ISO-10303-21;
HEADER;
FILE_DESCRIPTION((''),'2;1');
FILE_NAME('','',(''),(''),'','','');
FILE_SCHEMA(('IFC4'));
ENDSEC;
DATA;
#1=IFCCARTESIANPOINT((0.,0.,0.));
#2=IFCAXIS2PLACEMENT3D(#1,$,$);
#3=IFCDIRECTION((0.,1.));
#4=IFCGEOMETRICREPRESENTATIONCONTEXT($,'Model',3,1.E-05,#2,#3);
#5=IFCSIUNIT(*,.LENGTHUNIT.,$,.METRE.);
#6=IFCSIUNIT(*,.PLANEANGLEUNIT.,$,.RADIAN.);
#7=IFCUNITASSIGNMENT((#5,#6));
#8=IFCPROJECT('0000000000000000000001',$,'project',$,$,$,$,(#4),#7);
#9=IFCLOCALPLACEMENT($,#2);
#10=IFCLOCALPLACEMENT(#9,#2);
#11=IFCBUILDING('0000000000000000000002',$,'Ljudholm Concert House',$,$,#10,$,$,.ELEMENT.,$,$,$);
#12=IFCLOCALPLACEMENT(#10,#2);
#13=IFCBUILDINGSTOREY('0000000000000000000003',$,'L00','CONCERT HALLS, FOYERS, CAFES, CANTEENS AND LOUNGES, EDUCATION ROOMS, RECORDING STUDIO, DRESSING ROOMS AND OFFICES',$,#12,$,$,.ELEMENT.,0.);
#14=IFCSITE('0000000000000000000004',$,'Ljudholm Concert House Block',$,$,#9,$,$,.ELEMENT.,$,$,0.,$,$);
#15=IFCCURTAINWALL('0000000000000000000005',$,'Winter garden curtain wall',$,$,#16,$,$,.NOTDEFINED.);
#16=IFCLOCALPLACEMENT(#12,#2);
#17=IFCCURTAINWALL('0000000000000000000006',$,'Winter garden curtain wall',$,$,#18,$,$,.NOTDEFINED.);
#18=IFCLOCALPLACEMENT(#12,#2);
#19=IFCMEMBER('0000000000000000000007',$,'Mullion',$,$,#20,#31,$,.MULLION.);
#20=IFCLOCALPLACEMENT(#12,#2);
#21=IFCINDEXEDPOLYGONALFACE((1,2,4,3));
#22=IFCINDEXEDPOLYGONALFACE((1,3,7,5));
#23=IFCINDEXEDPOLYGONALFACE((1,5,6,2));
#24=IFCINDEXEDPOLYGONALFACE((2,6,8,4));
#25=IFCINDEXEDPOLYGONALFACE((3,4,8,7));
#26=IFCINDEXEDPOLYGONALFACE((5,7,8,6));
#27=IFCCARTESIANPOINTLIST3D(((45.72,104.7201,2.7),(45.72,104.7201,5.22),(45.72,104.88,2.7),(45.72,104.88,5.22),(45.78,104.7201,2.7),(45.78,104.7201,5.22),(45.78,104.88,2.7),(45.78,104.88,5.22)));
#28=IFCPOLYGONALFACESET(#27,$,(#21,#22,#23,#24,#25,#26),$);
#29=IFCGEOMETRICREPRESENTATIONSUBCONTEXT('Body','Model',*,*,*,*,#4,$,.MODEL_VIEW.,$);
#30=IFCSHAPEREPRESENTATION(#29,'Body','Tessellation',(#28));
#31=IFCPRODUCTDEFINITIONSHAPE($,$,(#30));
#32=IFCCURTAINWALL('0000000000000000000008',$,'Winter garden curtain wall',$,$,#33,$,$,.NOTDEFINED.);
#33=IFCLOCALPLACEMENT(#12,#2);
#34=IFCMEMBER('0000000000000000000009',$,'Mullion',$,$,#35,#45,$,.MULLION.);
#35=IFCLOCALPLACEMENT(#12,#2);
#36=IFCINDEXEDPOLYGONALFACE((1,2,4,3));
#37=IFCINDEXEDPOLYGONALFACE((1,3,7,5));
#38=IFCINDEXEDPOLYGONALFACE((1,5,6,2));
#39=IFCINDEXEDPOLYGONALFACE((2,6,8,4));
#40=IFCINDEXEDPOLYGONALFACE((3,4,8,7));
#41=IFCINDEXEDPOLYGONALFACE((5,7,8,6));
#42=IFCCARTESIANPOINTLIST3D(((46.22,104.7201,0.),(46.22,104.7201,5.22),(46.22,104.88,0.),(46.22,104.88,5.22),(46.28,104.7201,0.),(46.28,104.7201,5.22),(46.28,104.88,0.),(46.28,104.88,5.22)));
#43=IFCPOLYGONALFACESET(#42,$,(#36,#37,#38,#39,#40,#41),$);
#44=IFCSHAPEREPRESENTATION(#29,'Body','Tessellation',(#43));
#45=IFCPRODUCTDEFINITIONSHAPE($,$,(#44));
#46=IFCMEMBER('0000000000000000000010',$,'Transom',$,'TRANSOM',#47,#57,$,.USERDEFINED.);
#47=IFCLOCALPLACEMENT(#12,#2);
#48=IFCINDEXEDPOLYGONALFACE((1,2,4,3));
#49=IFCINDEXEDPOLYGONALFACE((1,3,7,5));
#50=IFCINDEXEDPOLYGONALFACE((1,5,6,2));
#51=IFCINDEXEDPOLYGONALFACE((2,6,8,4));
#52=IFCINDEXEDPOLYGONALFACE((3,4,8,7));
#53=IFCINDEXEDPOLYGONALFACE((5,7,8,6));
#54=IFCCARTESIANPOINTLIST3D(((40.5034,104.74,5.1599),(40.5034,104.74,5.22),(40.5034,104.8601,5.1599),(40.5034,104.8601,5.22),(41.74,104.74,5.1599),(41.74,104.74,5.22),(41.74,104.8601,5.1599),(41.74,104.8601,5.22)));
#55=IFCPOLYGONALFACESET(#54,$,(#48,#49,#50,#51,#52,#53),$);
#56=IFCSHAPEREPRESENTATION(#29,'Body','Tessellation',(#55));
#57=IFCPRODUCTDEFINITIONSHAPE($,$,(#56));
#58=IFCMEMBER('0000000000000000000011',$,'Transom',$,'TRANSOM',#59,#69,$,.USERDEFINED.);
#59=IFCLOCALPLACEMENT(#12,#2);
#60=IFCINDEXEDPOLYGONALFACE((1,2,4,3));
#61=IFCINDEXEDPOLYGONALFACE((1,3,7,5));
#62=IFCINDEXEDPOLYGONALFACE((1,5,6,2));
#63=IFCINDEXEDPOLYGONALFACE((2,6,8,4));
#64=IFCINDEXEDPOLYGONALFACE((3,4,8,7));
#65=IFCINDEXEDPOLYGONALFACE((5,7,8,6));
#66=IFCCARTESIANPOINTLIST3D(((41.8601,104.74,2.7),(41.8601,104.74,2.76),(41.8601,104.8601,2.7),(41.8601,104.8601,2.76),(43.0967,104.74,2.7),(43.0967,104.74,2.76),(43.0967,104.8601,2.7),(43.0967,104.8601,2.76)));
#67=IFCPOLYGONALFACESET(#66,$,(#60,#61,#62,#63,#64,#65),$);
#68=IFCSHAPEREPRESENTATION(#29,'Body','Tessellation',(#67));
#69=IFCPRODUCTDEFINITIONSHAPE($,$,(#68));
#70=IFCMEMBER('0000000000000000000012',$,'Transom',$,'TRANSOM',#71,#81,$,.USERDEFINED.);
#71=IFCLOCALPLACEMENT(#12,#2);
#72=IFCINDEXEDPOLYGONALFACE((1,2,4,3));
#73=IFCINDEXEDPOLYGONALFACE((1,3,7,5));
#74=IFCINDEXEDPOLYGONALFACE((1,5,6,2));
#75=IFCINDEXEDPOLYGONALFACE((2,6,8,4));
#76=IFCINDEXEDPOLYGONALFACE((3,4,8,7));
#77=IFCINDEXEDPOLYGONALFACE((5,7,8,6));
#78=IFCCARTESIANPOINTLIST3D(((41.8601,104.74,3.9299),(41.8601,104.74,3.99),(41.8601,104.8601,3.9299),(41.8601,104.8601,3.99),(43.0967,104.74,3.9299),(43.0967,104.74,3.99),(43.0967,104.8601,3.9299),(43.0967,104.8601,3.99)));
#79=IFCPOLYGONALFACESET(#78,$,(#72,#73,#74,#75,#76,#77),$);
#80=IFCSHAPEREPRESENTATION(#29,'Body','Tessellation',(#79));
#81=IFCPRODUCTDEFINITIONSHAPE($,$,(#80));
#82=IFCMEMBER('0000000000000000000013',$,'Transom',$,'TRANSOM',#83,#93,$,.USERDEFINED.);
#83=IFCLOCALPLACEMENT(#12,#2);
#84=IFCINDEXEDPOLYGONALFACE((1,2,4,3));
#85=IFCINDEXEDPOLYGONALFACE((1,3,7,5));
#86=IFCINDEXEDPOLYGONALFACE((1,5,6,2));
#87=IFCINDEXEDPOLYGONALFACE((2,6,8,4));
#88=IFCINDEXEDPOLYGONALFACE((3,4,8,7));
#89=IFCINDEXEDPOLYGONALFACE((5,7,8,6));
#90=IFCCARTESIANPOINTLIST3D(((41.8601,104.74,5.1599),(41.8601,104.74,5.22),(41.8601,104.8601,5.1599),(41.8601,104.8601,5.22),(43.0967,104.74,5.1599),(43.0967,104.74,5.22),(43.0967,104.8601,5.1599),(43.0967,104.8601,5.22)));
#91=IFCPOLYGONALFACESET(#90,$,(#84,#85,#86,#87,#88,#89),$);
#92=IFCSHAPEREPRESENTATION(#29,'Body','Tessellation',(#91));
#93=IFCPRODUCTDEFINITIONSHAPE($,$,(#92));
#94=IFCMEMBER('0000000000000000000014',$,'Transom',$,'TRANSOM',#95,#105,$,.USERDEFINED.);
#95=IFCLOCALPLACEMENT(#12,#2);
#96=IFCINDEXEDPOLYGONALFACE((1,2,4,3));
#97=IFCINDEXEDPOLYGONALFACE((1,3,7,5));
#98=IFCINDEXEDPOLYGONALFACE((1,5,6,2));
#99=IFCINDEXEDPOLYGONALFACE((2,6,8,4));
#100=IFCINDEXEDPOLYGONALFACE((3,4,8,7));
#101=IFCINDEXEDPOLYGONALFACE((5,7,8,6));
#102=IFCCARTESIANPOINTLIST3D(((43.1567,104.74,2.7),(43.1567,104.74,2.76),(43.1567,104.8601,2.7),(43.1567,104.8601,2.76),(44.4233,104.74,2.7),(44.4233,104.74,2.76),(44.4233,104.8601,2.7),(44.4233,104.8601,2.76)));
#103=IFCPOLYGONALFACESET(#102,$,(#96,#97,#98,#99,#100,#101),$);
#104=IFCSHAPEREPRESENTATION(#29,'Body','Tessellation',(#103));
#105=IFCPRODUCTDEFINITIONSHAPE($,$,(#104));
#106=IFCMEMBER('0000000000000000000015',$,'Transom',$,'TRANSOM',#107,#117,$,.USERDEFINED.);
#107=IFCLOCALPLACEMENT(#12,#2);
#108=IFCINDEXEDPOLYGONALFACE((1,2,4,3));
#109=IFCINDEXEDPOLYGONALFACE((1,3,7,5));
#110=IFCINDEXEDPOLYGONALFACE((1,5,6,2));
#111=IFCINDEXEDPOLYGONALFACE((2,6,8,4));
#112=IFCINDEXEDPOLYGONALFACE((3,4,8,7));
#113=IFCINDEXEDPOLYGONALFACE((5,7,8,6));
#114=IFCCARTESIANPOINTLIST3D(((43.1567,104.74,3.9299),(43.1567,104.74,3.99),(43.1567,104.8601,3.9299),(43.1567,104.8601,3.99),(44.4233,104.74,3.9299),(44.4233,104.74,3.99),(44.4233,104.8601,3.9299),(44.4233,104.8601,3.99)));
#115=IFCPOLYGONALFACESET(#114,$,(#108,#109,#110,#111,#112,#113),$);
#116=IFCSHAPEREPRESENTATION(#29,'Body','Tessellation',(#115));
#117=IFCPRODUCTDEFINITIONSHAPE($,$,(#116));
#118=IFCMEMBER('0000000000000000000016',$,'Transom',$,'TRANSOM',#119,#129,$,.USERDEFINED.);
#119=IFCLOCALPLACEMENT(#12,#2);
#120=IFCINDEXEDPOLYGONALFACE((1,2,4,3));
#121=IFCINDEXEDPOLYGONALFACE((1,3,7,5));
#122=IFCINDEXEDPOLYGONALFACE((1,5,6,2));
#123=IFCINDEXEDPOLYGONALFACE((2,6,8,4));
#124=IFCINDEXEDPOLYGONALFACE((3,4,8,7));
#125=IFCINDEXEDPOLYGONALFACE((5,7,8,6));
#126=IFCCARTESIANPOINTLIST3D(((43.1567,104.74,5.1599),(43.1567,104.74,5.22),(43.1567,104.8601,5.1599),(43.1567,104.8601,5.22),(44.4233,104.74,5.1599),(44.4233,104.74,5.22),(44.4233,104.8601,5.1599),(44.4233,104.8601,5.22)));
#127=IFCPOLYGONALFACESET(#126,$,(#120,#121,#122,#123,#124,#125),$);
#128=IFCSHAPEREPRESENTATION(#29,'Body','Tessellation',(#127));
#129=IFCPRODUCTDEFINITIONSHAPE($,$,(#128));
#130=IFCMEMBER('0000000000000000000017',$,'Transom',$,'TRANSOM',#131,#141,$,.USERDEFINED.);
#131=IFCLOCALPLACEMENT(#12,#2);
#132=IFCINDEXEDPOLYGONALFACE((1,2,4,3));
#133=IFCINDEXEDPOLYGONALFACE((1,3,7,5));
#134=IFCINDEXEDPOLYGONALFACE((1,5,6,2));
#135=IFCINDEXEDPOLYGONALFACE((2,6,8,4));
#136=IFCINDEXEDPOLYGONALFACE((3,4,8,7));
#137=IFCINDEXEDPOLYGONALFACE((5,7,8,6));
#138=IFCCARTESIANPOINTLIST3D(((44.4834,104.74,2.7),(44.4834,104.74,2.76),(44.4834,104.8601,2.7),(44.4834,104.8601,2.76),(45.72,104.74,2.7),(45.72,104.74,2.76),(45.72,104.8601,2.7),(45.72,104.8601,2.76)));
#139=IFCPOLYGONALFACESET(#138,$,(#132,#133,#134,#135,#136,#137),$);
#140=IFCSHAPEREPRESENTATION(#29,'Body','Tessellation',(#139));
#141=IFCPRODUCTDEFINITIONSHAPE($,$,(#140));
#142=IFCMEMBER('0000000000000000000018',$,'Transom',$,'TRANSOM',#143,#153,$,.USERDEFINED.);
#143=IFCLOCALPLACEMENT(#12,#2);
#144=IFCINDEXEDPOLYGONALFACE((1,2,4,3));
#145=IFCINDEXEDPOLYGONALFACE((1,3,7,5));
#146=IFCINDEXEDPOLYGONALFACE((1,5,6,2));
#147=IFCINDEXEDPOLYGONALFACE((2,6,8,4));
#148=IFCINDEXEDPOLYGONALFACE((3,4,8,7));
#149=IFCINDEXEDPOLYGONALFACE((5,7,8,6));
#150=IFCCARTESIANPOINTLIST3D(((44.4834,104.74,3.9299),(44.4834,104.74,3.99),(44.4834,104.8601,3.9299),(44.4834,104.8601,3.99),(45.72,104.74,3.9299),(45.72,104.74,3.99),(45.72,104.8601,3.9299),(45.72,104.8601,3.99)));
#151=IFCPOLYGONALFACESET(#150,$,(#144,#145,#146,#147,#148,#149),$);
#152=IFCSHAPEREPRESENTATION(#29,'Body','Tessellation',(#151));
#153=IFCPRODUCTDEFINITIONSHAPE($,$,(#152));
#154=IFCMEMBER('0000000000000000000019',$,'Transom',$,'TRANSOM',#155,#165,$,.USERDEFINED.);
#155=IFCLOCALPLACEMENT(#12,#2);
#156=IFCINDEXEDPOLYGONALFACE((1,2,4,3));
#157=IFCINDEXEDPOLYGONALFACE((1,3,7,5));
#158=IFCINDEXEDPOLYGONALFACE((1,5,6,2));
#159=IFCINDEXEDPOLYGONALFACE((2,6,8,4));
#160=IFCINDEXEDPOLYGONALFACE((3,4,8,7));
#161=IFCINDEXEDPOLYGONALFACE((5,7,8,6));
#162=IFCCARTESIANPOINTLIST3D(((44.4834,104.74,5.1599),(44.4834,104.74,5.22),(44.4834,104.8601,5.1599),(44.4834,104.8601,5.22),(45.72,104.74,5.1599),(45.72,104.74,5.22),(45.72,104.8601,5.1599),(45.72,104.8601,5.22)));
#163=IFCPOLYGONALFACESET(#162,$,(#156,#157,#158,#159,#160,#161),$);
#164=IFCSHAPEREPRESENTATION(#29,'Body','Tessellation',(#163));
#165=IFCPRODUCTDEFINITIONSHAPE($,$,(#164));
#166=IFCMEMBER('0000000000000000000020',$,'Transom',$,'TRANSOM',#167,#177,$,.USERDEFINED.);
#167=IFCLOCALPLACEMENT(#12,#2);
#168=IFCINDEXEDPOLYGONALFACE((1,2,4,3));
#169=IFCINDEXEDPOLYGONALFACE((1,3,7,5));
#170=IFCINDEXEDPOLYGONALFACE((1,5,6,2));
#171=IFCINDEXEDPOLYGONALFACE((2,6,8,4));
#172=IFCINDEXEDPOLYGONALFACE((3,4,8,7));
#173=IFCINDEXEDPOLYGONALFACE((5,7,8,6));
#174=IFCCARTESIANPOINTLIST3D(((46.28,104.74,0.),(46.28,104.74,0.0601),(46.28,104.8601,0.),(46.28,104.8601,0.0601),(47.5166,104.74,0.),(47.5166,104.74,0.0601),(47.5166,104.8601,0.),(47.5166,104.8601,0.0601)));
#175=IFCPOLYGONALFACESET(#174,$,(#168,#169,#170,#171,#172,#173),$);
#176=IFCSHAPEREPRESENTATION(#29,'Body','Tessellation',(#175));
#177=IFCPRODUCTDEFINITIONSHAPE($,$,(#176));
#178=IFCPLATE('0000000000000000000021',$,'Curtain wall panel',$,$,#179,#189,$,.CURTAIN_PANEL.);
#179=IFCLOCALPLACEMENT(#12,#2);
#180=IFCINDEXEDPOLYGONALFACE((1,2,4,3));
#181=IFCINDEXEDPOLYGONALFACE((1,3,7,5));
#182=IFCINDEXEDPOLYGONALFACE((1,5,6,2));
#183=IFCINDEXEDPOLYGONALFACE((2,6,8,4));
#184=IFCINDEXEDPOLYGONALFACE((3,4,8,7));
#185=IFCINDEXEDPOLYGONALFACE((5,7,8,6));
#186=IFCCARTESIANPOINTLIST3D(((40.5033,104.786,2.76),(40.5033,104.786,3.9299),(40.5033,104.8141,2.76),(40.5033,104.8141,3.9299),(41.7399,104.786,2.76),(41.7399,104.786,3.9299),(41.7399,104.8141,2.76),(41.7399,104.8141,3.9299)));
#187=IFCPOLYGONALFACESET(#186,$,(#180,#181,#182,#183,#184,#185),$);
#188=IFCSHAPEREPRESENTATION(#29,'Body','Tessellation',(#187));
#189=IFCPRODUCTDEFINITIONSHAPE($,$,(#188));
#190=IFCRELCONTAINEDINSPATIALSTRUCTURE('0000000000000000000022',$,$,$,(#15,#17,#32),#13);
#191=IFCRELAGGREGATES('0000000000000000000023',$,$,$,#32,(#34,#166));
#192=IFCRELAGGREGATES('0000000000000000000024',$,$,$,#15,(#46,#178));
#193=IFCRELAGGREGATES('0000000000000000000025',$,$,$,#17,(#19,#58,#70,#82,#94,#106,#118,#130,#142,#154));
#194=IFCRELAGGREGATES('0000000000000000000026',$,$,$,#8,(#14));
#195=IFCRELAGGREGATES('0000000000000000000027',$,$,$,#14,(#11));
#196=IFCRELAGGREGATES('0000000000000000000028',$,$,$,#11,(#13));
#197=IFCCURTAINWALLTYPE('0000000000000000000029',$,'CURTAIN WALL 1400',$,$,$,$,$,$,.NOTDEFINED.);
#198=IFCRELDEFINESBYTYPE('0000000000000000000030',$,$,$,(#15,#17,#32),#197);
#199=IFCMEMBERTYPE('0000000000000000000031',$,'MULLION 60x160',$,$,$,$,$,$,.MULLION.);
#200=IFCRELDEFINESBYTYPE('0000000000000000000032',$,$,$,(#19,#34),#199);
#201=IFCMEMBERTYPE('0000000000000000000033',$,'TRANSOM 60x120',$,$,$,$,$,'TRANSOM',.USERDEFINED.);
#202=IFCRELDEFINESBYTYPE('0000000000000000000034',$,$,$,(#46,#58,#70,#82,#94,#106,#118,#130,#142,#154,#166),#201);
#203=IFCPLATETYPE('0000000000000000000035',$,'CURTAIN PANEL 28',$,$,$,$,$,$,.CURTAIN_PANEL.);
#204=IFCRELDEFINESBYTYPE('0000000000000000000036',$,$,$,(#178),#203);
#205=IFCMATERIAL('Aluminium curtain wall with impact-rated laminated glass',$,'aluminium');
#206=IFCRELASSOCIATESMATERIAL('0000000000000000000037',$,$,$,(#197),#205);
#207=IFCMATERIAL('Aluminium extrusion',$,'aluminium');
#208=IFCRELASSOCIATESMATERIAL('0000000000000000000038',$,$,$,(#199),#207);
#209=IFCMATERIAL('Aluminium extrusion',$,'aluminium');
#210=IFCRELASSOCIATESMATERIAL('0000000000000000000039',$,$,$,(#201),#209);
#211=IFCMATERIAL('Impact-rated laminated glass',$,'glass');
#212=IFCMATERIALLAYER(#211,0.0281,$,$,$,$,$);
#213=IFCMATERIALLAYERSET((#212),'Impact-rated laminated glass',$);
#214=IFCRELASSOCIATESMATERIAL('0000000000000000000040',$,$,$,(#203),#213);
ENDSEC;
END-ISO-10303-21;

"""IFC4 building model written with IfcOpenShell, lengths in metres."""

from ifc_helpers import new_model, si_unit, direction, frame, origin, origin_2d, place, context, subcontext, project, spatial, rectangle, extrude, material, layer, layer_set, material_profile, profile_set, type_object, element, aggregate, save


model = new_model("IFC4")

# Units and contexts
model_context = context("Model", 3, precision=1e-05, world=origin(), true_north=direction((0.0, 1.0)))
body_context = subcontext(model_context, "Body", "Model", "MODEL_VIEW")
ifc_project = project(units=[si_unit("LENGTHUNIT", "METRE"), si_unit("PLANEANGLEUNIT", "RADIAN")], contexts=[model_context])

# Site, building, storey
site_placement = place(None, origin())
site = spatial("IfcSite", under=ifc_project, at=site_placement, Name="Ljudholm Concert House Block", CompositionType="ELEMENT", RefElevation=0.0)
building_placement = place(site_placement, origin())
building = spatial("IfcBuilding", under=site, at=building_placement, Name="Ljudholm Concert House", CompositionType="ELEMENT")
storey_placement = place(building_placement, origin())
storey = spatial("IfcBuildingStorey", under=building, at=storey_placement, Name="L00", Description="CONCERT HALLS, FOYERS, CAFES, CANTEENS AND LOUNGES, EDUCATION ROOMS, RECORDING STUDIO, DRESSING ROOMS AND OFFICES", CompositionType="ELEMENT", Elevation=0.0)

# Curtain wall
ifc_material_1 = material(Name="Aluminium curtain wall with impact-rated laminated glass", Category="aluminium")
curtain_wall_type = type_object("IfcCurtainWallType", Name="CURTAIN WALL 1400", PredefinedType="NOTDEFINED", material=ifc_material_1)
curtain_wall_1_placement = place(storey_placement, origin())
curtain_wall_1 = element("IfcCurtainWall", 1, at=curtain_wall_1_placement, inside=storey, type_object=curtain_wall_type, Name="Winter garden curtain wall", PredefinedType="NOTDEFINED")
ifc_material_2 = material(Name="Aluminium extrusion", Category="aluminium")
ifc_material_profile_1 = material_profile(ifc_material_2, rectangle(XDim=0.1599, YDim=0.0601, at=origin_2d()), Name="MULLION 60x160")
ifc_profile_set_1 = profile_set([ifc_material_profile_1], Name="Aluminium extrusion")
member_type_1 = type_object("IfcMemberType", Name="MULLION 60x160", PredefinedType="MULLION", material=ifc_profile_set_1)

# Curtain wall, member
curtain_wall_2_placement = place(storey_placement, origin())
curtain_wall_2 = element("IfcCurtainWall", 2, at=curtain_wall_2_placement, inside=storey, type_object=curtain_wall_type, Name="Winter garden curtain wall", PredefinedType="NOTDEFINED")
member_1_placement = place(storey_placement, frame((45.75, 104.8, 2.7), z_axis=(0.0, 0.0, 1.0), x_axis=(0.0, 1.0, 0.0)))
member_1 = element("IfcMember", 3, at=member_1_placement, type_object=member_type_1, Name="Mullion", PredefinedType="MULLION", context=body_context, shape_type="SweptSolid", body=[
    extrude(rectangle(XDim=0.1599, YDim=0.0601, at=origin_2d()), origin(), (0.0, 0.0, 1.0), 2.52),
])

# Curtain wall, member
curtain_wall_3_placement = place(storey_placement, origin())
curtain_wall_3 = element("IfcCurtainWall", 4, at=curtain_wall_3_placement, inside=storey, type_object=curtain_wall_type, Name="Winter garden curtain wall", PredefinedType="NOTDEFINED")
member_2_placement = place(storey_placement, frame((46.25, 104.8, 0.0), z_axis=(0.0, 0.0, 1.0), x_axis=(0.0, 1.0, 0.0)))
member_2 = element("IfcMember", 5, at=member_2_placement, type_object=member_type_1, Name="Mullion", PredefinedType="MULLION", context=body_context, shape_type="SweptSolid", body=[
    extrude(rectangle(XDim=0.1599, YDim=0.0601, at=origin_2d()), origin(), (0.0, 0.0, 1.0), 5.22),
])

# Members
ifc_material_3 = material(Name="Aluminium extrusion", Category="aluminium")
ifc_material_profile_2 = material_profile(ifc_material_3, rectangle(XDim=0.1201, YDim=0.0601, at=origin_2d()), Name="TRANSOM 60x120")
ifc_profile_set_2 = profile_set([ifc_material_profile_2], Name="Aluminium extrusion")
member_type_2 = type_object("IfcMemberType", Name="TRANSOM 60x120", ElementType="TRANSOM", PredefinedType="USERDEFINED", material=ifc_profile_set_2)
member_3_placement = place(storey_placement, frame((40.5034, 104.8, 5.1899), z_axis=(1.0, 0.0, 0.0), x_axis=(0.0, 1.0, 0.0)))
member_3 = element("IfcMember", 6, at=member_3_placement, type_object=member_type_2, Name="Transom", ObjectType="TRANSOM", PredefinedType="USERDEFINED", context=body_context, shape_type="SweptSolid", body=[
    extrude(rectangle(XDim=0.1201, YDim=0.0601, at=origin_2d()), origin(), (0.0, 0.0, 1.0), 1.2366),
])
member_4_placement = place(storey_placement, frame((41.8601, 104.8, 2.73), z_axis=(1.0, 0.0, 0.0), x_axis=(0.0, 1.0, 0.0)))
member_4 = element("IfcMember", 7, at=member_4_placement, type_object=member_type_2, Name="Transom", ObjectType="TRANSOM", PredefinedType="USERDEFINED", context=body_context, shape_type="SweptSolid", body=[
    extrude(rectangle(XDim=0.1201, YDim=0.0601, at=origin_2d()), origin(), (0.0, 0.0, 1.0), 1.2366),
])
member_5_placement = place(storey_placement, frame((41.8601, 104.8, 3.96), z_axis=(1.0, 0.0, 0.0), x_axis=(0.0, 1.0, 0.0)))
member_5 = element("IfcMember", 8, at=member_5_placement, type_object=member_type_2, Name="Transom", ObjectType="TRANSOM", PredefinedType="USERDEFINED", context=body_context, shape_type="SweptSolid", body=[
    extrude(rectangle(XDim=0.1201, YDim=0.0601, at=origin_2d()), origin(), (0.0, 0.0, 1.0), 1.2366),
])
member_6_placement = place(storey_placement, frame((41.8601, 104.8, 5.1899), z_axis=(1.0, 0.0, 0.0), x_axis=(0.0, 1.0, 0.0)))
member_6 = element("IfcMember", 9, at=member_6_placement, type_object=member_type_2, Name="Transom", ObjectType="TRANSOM", PredefinedType="USERDEFINED", context=body_context, shape_type="SweptSolid", body=[
    extrude(rectangle(XDim=0.1201, YDim=0.0601, at=origin_2d()), origin(), (0.0, 0.0, 1.0), 1.2366),
])
member_7_placement = place(storey_placement, frame((43.1567, 104.8, 2.73), z_axis=(1.0, 0.0, 0.0), x_axis=(0.0, 1.0, 0.0)))
member_7 = element("IfcMember", 10, at=member_7_placement, type_object=member_type_2, Name="Transom", ObjectType="TRANSOM", PredefinedType="USERDEFINED", context=body_context, shape_type="SweptSolid", body=[
    extrude(rectangle(XDim=0.1201, YDim=0.0601, at=origin_2d()), origin(), (0.0, 0.0, 1.0), 1.2666),
])
member_8_placement = place(storey_placement, frame((43.1567, 104.8, 3.96), z_axis=(1.0, 0.0, 0.0), x_axis=(0.0, 1.0, 0.0)))
member_8 = element("IfcMember", 11, at=member_8_placement, type_object=member_type_2, Name="Transom", ObjectType="TRANSOM", PredefinedType="USERDEFINED", context=body_context, shape_type="SweptSolid", body=[
    extrude(rectangle(XDim=0.1201, YDim=0.0601, at=origin_2d()), origin(), (0.0, 0.0, 1.0), 1.2666),
])
member_9_placement = place(storey_placement, frame((43.1567, 104.8, 5.1899), z_axis=(1.0, 0.0, 0.0), x_axis=(0.0, 1.0, 0.0)))
member_9 = element("IfcMember", 12, at=member_9_placement, type_object=member_type_2, Name="Transom", ObjectType="TRANSOM", PredefinedType="USERDEFINED", context=body_context, shape_type="SweptSolid", body=[
    extrude(rectangle(XDim=0.1201, YDim=0.0601, at=origin_2d()), origin(), (0.0, 0.0, 1.0), 1.2666),
])
member_10_placement = place(storey_placement, frame((44.4834, 104.8, 2.73), z_axis=(1.0, 0.0, 0.0), x_axis=(0.0, 1.0, 0.0)))
member_10 = element("IfcMember", 13, at=member_10_placement, type_object=member_type_2, Name="Transom", ObjectType="TRANSOM", PredefinedType="USERDEFINED", context=body_context, shape_type="SweptSolid", body=[
    extrude(rectangle(XDim=0.1201, YDim=0.0601, at=origin_2d()), origin(), (0.0, 0.0, 1.0), 1.2366),
])
member_11_placement = place(storey_placement, frame((44.4834, 104.8, 3.96), z_axis=(1.0, 0.0, 0.0), x_axis=(0.0, 1.0, 0.0)))
member_11 = element("IfcMember", 14, at=member_11_placement, type_object=member_type_2, Name="Transom", ObjectType="TRANSOM", PredefinedType="USERDEFINED", context=body_context, shape_type="SweptSolid", body=[
    extrude(rectangle(XDim=0.1201, YDim=0.0601, at=origin_2d()), origin(), (0.0, 0.0, 1.0), 1.2366),
])
member_12_placement = place(storey_placement, frame((44.4834, 104.8, 5.1899), z_axis=(1.0, 0.0, 0.0), x_axis=(0.0, 1.0, 0.0)))
member_12 = element("IfcMember", 15, at=member_12_placement, type_object=member_type_2, Name="Transom", ObjectType="TRANSOM", PredefinedType="USERDEFINED", context=body_context, shape_type="SweptSolid", body=[
    extrude(rectangle(XDim=0.1201, YDim=0.0601, at=origin_2d()), origin(), (0.0, 0.0, 1.0), 1.2366),
])
member_13_placement = place(storey_placement, frame((46.28, 104.8, 0.03), z_axis=(1.0, 0.0, 0.0), x_axis=(0.0, 1.0, 0.0)))
member_13 = element("IfcMember", 16, at=member_13_placement, type_object=member_type_2, Name="Transom", ObjectType="TRANSOM", PredefinedType="USERDEFINED", context=body_context, shape_type="SweptSolid", body=[
    extrude(rectangle(XDim=0.1201, YDim=0.0601, at=origin_2d()), origin(), (0.0, 0.0, 1.0), 1.2366),
])
aggregate(curtain_wall_3, [member_2, member_13])

# Plate
ifc_material_4 = material(Name="Impact-rated laminated glass", Category="glass")
ifc_layer_1 = layer(ifc_material_4, 0.0281)
ifc_layer_set_1 = layer_set([ifc_layer_1], Name="Impact-rated laminated glass")
plate_type = type_object("IfcPlateType", Name="CURTAIN PANEL 28", PredefinedType="CURTAIN_PANEL", material=ifc_layer_set_1)
plate_1_placement = place(storey_placement, frame((41.1216, 104.8, 2.76), z_axis=(0.0, 0.0, 1.0), x_axis=(1.0, 0.0, 0.0)))
plate_1 = element("IfcPlate", 17, at=plate_1_placement, type_object=plate_type, Name="Curtain wall panel", PredefinedType="CURTAIN_PANEL", context=body_context, shape_type="SweptSolid", body=[
    extrude(rectangle(XDim=1.2366, YDim=0.0281, at=origin_2d()), origin(), (0.0, 0.0, 1.0), 1.1699),
])
aggregate(curtain_wall_1, [member_3, plate_1])
aggregate(curtain_wall_2, [member_1, member_4, member_5, member_6, member_7, member_8, member_9, member_10, member_11, member_12])

save(model, "model.ifc")
